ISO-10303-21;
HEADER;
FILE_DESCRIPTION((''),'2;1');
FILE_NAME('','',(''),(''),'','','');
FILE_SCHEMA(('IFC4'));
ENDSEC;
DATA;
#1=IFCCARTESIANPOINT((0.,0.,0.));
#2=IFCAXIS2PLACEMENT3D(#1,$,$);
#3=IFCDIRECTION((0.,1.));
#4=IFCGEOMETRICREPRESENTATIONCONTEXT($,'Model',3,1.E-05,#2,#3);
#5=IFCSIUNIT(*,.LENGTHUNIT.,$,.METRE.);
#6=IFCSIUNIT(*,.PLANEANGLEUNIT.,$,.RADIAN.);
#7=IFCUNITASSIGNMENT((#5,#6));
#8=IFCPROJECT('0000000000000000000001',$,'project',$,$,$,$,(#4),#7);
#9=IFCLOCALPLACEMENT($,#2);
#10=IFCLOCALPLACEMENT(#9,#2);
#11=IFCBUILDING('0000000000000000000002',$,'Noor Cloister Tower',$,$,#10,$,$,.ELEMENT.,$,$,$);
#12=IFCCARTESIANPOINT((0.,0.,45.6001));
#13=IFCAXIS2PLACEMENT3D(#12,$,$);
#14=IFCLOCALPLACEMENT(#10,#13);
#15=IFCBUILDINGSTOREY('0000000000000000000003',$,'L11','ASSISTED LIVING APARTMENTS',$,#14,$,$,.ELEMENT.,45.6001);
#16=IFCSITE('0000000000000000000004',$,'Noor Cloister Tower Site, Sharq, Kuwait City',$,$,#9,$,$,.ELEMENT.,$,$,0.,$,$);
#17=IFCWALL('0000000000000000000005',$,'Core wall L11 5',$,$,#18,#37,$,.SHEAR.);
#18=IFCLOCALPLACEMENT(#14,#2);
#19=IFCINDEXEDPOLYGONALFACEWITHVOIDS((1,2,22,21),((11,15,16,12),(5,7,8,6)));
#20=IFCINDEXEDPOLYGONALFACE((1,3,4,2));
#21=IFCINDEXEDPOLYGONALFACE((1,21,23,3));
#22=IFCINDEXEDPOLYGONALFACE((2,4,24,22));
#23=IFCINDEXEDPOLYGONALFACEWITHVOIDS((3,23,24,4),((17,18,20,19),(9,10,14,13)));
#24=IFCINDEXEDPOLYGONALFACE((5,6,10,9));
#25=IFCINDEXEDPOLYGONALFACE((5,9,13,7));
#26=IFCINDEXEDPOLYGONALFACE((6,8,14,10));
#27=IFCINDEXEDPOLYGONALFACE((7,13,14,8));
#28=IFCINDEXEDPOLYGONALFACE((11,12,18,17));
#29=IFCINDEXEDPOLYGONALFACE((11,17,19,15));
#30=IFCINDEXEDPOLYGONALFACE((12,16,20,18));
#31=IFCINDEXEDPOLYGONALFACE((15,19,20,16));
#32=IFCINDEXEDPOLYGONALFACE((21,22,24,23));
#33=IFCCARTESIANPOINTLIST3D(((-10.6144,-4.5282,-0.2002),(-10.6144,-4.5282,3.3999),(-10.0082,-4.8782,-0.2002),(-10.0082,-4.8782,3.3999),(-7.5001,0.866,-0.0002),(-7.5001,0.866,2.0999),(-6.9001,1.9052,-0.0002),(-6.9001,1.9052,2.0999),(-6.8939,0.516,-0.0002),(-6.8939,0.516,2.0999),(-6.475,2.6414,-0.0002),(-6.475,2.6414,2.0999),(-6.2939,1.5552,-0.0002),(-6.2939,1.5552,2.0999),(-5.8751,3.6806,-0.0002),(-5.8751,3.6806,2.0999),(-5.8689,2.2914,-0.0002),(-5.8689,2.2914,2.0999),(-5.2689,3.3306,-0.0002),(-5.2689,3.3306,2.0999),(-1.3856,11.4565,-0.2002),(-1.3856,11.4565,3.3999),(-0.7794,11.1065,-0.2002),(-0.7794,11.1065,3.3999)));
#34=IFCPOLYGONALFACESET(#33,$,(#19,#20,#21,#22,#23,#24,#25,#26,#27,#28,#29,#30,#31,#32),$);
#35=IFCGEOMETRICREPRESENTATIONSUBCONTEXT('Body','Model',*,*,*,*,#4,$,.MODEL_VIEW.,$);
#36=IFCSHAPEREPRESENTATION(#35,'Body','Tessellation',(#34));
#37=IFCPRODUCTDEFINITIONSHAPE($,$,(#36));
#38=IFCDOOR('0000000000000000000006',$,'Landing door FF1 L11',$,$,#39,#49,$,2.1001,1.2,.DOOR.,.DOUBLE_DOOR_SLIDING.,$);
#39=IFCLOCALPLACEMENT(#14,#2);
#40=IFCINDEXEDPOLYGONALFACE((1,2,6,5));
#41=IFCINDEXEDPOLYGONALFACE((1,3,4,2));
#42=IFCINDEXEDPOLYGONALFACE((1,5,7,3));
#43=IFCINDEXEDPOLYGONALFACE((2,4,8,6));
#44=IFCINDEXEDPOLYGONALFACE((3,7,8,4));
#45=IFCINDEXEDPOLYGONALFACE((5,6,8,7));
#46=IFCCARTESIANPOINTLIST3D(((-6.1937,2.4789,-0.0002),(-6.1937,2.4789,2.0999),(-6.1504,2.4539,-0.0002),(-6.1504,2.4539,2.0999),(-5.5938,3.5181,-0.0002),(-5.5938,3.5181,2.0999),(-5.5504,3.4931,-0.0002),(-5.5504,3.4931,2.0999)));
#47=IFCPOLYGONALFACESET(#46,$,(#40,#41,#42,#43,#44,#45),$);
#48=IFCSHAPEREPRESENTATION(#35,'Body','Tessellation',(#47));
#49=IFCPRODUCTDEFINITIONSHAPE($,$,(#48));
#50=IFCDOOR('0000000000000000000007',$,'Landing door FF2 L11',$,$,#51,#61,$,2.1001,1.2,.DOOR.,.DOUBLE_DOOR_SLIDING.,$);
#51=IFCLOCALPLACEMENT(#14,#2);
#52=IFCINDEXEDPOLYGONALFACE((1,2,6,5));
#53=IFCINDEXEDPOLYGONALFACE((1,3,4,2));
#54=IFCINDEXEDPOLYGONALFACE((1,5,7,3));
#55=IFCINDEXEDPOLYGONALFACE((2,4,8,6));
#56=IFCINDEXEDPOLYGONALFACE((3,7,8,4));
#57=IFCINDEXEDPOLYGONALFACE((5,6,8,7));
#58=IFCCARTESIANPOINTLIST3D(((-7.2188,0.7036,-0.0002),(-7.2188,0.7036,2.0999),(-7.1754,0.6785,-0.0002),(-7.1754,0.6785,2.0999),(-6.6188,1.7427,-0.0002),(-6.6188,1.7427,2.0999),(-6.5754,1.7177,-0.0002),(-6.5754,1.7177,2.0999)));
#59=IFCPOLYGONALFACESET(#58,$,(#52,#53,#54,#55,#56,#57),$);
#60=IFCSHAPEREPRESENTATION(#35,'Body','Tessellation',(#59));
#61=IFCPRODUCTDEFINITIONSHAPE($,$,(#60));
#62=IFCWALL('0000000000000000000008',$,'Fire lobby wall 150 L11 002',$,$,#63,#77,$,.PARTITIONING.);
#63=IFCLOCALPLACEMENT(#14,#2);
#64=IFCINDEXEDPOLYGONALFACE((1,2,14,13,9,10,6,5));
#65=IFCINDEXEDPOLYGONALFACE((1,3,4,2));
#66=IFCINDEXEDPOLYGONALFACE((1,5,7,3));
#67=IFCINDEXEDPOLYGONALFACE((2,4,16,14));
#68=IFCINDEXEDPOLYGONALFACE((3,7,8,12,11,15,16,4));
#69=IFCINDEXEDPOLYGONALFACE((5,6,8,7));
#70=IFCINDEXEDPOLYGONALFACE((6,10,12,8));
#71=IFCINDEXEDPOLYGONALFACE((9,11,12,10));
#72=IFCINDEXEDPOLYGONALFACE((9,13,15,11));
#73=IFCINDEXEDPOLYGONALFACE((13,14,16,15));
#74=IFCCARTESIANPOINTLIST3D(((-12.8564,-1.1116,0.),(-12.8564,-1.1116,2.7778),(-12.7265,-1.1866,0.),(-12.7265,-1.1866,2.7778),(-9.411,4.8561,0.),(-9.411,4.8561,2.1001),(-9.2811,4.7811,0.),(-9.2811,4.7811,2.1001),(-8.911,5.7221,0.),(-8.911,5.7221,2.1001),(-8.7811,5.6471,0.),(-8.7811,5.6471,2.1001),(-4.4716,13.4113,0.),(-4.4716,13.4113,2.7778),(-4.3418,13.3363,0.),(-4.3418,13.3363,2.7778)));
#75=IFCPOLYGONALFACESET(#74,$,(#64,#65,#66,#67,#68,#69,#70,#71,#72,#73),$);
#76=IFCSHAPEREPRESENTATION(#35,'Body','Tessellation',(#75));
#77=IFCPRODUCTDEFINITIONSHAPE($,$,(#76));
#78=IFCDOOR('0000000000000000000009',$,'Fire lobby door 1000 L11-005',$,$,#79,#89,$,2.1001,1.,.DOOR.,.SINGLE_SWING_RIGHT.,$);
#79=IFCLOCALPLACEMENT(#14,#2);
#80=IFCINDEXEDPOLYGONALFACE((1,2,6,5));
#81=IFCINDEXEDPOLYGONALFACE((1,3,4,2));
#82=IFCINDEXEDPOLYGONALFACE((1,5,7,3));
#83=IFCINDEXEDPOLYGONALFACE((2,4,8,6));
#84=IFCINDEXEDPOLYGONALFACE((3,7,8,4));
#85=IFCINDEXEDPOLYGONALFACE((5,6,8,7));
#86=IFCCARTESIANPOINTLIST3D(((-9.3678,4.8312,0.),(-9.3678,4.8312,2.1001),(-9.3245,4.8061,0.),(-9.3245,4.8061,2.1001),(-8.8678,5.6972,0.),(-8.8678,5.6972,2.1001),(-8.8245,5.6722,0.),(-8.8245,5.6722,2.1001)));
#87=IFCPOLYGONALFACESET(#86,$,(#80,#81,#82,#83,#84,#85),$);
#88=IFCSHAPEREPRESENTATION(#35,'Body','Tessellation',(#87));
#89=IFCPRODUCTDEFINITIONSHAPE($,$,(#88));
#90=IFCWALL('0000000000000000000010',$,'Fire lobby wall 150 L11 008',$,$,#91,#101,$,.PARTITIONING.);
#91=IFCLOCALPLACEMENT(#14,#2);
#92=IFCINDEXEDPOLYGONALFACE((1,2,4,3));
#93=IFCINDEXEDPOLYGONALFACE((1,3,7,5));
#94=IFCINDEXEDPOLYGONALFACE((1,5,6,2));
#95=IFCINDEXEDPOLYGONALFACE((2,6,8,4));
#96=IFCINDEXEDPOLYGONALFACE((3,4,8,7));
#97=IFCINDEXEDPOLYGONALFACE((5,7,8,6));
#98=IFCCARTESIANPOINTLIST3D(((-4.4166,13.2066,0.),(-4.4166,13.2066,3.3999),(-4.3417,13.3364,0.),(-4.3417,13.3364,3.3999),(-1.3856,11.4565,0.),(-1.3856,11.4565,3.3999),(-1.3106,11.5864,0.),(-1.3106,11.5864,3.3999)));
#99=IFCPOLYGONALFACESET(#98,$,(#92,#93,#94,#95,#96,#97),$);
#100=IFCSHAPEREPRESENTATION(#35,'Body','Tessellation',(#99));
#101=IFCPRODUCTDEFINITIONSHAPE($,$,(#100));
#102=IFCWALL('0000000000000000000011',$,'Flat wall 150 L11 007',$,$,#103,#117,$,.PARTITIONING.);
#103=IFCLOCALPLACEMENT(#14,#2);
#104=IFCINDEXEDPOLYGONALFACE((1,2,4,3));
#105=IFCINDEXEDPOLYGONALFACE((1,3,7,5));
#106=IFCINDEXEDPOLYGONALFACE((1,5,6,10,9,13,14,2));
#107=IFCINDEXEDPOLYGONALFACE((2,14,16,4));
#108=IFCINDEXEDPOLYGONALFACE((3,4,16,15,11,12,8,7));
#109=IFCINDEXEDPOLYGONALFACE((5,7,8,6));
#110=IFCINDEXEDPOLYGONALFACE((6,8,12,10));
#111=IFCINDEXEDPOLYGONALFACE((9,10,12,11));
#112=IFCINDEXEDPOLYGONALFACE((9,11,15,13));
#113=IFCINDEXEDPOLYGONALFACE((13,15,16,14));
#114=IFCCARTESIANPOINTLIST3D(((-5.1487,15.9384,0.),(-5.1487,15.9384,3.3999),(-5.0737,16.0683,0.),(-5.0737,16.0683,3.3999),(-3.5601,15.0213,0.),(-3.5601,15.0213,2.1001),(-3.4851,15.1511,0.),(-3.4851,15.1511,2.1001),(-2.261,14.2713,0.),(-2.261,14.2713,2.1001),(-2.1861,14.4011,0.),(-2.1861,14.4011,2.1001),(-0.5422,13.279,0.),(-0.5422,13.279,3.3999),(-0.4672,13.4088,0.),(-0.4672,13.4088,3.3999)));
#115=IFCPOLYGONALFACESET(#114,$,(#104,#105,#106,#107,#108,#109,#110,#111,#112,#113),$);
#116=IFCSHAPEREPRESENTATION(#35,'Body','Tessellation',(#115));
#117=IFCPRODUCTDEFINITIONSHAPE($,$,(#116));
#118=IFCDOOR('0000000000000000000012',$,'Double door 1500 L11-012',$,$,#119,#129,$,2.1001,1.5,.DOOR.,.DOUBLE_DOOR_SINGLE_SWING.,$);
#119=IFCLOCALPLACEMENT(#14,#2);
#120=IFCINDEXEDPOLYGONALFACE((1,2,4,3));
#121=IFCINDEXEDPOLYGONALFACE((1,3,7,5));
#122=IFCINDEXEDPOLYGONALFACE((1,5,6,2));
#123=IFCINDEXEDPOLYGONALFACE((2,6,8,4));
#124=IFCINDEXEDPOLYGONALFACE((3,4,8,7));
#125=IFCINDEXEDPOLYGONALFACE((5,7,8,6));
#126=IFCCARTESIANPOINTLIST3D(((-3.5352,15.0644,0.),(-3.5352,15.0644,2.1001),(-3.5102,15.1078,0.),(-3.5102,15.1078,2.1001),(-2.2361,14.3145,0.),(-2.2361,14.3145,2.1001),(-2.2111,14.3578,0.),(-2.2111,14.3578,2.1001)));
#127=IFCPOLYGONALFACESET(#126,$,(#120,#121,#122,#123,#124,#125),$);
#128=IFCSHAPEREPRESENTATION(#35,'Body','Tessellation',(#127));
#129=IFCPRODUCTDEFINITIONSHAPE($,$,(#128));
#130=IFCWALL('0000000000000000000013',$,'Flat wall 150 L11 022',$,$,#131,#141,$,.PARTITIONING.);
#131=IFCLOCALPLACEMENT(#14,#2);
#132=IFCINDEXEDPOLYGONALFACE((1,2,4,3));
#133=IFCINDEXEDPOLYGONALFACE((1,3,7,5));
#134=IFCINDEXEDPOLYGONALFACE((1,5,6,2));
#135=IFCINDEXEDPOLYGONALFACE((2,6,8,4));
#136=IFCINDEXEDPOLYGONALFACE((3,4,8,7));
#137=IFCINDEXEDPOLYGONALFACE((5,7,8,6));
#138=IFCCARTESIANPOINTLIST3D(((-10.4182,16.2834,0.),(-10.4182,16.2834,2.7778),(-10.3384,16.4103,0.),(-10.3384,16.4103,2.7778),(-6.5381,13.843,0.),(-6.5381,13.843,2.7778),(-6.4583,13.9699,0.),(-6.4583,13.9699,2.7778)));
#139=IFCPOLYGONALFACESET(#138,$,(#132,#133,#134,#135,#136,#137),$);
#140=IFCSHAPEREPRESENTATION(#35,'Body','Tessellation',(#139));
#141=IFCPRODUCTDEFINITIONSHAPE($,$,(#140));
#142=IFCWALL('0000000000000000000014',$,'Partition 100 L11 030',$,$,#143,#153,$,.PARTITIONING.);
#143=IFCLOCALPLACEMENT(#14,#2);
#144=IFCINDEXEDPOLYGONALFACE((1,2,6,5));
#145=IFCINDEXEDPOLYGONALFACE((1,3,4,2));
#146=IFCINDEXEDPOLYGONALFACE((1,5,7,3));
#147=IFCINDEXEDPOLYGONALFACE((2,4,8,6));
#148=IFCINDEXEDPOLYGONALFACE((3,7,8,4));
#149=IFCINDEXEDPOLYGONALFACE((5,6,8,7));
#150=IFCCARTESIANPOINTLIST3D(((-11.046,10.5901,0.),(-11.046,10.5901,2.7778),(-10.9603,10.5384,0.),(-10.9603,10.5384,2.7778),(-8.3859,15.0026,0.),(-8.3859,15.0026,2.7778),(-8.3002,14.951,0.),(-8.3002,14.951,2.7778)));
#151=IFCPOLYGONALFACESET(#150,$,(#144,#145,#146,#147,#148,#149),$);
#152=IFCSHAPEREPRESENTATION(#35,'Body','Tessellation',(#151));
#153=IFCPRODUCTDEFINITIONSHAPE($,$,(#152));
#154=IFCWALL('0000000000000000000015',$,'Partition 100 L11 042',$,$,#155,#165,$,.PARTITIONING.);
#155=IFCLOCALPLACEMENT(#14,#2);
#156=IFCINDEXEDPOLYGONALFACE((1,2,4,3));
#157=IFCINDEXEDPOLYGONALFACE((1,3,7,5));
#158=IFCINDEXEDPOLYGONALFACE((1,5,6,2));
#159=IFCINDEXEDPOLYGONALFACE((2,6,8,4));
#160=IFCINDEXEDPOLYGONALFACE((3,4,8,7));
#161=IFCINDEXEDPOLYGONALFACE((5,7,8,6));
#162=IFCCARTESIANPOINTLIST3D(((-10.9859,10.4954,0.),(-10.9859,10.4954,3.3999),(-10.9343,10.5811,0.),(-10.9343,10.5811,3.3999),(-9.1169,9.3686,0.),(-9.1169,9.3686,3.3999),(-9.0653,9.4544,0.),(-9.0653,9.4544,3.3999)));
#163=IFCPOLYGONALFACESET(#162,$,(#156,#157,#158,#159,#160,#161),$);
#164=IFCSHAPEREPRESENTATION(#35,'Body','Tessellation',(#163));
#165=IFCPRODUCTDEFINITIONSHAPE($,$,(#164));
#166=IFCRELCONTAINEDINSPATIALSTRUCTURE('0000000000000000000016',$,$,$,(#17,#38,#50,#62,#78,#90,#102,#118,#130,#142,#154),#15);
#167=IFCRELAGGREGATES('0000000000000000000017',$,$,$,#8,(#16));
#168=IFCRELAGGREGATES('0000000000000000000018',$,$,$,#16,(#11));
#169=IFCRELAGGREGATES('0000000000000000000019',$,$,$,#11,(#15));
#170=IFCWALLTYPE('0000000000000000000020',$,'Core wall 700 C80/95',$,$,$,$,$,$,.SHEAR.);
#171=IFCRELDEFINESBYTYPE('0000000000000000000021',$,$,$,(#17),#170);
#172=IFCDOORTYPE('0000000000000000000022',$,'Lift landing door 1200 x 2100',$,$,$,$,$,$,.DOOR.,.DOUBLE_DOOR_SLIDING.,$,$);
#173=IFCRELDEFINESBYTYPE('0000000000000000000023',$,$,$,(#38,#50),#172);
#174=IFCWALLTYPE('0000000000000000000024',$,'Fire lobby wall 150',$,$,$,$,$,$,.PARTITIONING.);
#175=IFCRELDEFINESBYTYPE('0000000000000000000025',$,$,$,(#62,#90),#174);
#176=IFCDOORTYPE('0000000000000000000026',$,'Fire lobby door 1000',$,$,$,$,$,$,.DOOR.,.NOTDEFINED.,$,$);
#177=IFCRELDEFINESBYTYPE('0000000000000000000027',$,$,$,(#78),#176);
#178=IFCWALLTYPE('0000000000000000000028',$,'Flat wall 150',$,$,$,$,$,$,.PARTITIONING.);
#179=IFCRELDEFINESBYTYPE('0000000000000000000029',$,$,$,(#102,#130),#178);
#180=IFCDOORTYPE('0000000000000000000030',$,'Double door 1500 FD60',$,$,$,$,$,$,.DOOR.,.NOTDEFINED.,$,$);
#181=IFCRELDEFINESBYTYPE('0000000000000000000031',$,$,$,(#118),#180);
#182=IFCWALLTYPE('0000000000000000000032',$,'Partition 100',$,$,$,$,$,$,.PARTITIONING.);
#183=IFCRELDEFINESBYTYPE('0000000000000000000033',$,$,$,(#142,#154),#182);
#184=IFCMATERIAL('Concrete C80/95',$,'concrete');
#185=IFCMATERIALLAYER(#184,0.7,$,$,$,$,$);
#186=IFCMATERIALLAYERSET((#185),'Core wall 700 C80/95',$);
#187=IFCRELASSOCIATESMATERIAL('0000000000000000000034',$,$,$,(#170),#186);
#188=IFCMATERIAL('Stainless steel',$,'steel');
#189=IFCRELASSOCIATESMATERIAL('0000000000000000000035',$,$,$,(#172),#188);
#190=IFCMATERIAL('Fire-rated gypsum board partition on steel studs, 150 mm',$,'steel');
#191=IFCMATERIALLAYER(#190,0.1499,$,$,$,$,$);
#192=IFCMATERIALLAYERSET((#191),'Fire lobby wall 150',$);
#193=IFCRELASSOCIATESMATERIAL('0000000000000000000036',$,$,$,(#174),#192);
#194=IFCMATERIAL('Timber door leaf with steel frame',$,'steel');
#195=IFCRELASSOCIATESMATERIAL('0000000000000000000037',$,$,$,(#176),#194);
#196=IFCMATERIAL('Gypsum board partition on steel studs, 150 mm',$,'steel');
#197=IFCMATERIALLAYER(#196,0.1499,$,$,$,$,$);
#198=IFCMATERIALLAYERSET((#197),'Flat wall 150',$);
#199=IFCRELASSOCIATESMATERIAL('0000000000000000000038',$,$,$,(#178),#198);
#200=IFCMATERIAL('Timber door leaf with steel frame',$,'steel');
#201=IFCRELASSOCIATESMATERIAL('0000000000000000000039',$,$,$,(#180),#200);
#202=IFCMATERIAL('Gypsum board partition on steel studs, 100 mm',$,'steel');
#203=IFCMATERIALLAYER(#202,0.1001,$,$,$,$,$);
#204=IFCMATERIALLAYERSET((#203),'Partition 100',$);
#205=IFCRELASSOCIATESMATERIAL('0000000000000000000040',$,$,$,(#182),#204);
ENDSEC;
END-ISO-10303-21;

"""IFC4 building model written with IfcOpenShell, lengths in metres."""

from ifc_helpers import new_model, si_unit, direction, frame, frame_2d, origin, place, context, subcontext, project, spatial, rectangle, extrude, material, layer, layer_set, type_object, element, fill, save


model = new_model("IFC4")

# Units and contexts
model_context = context("Model", 3, precision=1e-05, world=origin(), true_north=direction((0.0, 1.0)))
body_context = subcontext(model_context, "Body", "Model", "MODEL_VIEW")
ifc_project = project(units=[si_unit("LENGTHUNIT", "METRE"), si_unit("PLANEANGLEUNIT", "RADIAN")], contexts=[model_context])

# Site, building, storey
site_placement = place(None, origin())
site = spatial("IfcSite", under=ifc_project, at=site_placement, Name="Noor Cloister Tower Site, Sharq, Kuwait City", CompositionType="ELEMENT", RefElevation=0.0)
building_placement = place(site_placement, origin())
building = spatial("IfcBuilding", under=site, at=building_placement, Name="Noor Cloister Tower", CompositionType="ELEMENT")
storey_placement = place(building_placement, frame((0.0, 0.0, 45.6001)))
storey = spatial("IfcBuildingStorey", under=building, at=storey_placement, Name="L11", Description="ASSISTED LIVING APARTMENTS", CompositionType="ELEMENT", Elevation=45.6001)

# Wall, openings, doors
ifc_material_1 = material(Name="Concrete C80/95", Category="concrete")
ifc_layer_1 = layer(ifc_material_1, 0.7)
ifc_layer_set_1 = layer_set([ifc_layer_1], Name="Core wall 700 C80/95")
wall_type_1 = type_object("IfcWallType", Name="Core wall 700 C80/95", PredefinedType="SHEAR", material=ifc_layer_set_1)
wall_1_placement = place(storey_placement, frame((-1.0825, 11.2815, -0.2002), z_axis=(0.0, 0.0, 1.0), x_axis=(-0.500001, -0.866025, 0.0)))
wall_1 = element("IfcWall", 1, at=wall_1_placement, inside=storey, type_object=wall_type_1, Name="Core wall L11 5", PredefinedType="SHEAR", context=body_context, shape_type="SweptSolid", body=[
    extrude(rectangle(XDim=18.4575, YDim=0.7, at=frame_2d((9.2288, 0.0))), origin(), (0.0, 0.0, 1.0), 3.6001),
])
opening_1_placement = place(wall_1_placement, frame((8.9788, 0.0, 0.2)))
opening_1 = element("IfcOpeningElement", 2, at=opening_1_placement, cuts=wall_1, PredefinedType="OPENING", context=body_context, shape_type="SweptSolid", body=[
    extrude(rectangle(XDim=1.2, YDim=2.1001, at=frame_2d((0.6001, 1.05))), frame((0.0, 0.3599, 0.0), z_axis=(0.0, -1.0, 0.0), x_axis=(1.0, 0.0, 0.0)), (0.0, 0.0, 1.0), 0.72),
])
opening_2_placement = place(wall_1_placement, frame((11.0288, 0.0, 0.2)))
opening_2 = element("IfcOpeningElement", 3, at=opening_2_placement, cuts=wall_1, PredefinedType="OPENING", context=body_context, shape_type="SweptSolid", body=[
    extrude(rectangle(XDim=1.2, YDim=2.1001, at=frame_2d((0.6001, 1.05))), frame((0.0, 0.3599, 0.0), z_axis=(0.0, -1.0, 0.0), x_axis=(1.0, 0.0, 0.0)), (0.0, 0.0, 1.0), 0.72),
])
ifc_material_2 = material(Name="Stainless steel", Category="steel")
door_type_1 = type_object("IfcDoorType", Name="Lift landing door 1200 x 2100", OperationType="DOUBLE_DOOR_SLIDING", PredefinedType="DOOR", material=ifc_material_2)
door_1_placement = place(opening_1_placement, origin())
door_1 = element("IfcDoor", 4, at=door_1_placement, inside=storey, type_object=door_type_1, Name="Landing door FF1 L11", OperationType="DOUBLE_DOOR_SLIDING", OverallHeight=2.1001, OverallWidth=1.2, PredefinedType="DOOR", context=body_context, shape_type="SweptSolid", body=[
    extrude(rectangle(XDim=1.2, YDim=2.1001, at=frame_2d((0.6001, 1.05))), frame((0.0, 0.0249, 0.0), z_axis=(0.0, -1.0, 0.0), x_axis=(1.0, 0.0, 0.0)), (0.0, 0.0, 1.0), 0.05),
])
fill(opening_1, door_1)
door_2_placement = place(opening_2_placement, origin())
door_2 = element("IfcDoor", 5, at=door_2_placement, inside=storey, type_object=door_type_1, Name="Landing door FF2 L11", OperationType="DOUBLE_DOOR_SLIDING", OverallHeight=2.1001, OverallWidth=1.2, PredefinedType="DOOR", context=body_context, shape_type="SweptSolid", body=[
    extrude(rectangle(XDim=1.2, YDim=2.1001, at=frame_2d((0.6001, 1.05))), frame((0.0, 0.0249, 0.0), z_axis=(0.0, -1.0, 0.0), x_axis=(1.0, 0.0, 0.0)), (0.0, 0.0, 1.0), 0.05),
])
fill(opening_2, door_2)

# Wall, opening, door
ifc_material_3 = material(Name="Fire-rated gypsum board partition on steel studs, 150 mm", Category="steel")
ifc_layer_2 = layer(ifc_material_3, 0.1499)
ifc_layer_set_2 = layer_set([ifc_layer_2], Name="Fire lobby wall 150")
wall_type_2 = type_object("IfcWallType", Name="Fire lobby wall 150", PredefinedType="PARTITIONING", material=ifc_layer_set_2)
wall_2_placement = place(storey_placement, frame((-4.4067, 13.3738, 0.0), z_axis=(0.0, 0.0, 1.0), x_axis=(-0.499997, -0.866027, 0.0)))
wall_2 = element("IfcWall", 6, at=wall_2_placement, inside=storey, type_object=wall_type_2, Name="Fire lobby wall 150 L11 002", PredefinedType="PARTITIONING", context=body_context, shape_type="SweptSolid", body=[
    extrude(rectangle(XDim=16.7695, YDim=0.1499, at=frame_2d((8.3848, 0.0))), origin(), (0.0, 0.0, 1.0), 2.7778),
])
opening_3_placement = place(wall_2_placement, frame((8.8787, 0.0, 0.0)))
opening_3 = element("IfcOpeningElement", 7, at=opening_3_placement, cuts=wall_2, PredefinedType="OPENING", context=body_context, shape_type="SweptSolid", body=[
    extrude(rectangle(XDim=1.0, YDim=2.1001, at=frame_2d((0.5, 1.05))), frame((0.0, 0.085, 0.0), z_axis=(0.0, -1.0, 0.0), x_axis=(1.0, 0.0, 0.0)), (0.0, 0.0, 1.0), 0.1699),
])
ifc_material_4 = material(Name="Timber door leaf with steel frame", Category="steel")
door_type_2 = type_object("IfcDoorType", Name="Fire lobby door 1000", OperationType="NOTDEFINED", PredefinedType="DOOR", material=ifc_material_4)
door_3_placement = place(opening_3_placement, origin())
door_3 = element("IfcDoor", 8, at=door_3_placement, inside=storey, type_object=door_type_2, Name="Fire lobby door 1000 L11-005", OperationType="SINGLE_SWING_RIGHT", OverallHeight=2.1001, OverallWidth=1.0, PredefinedType="DOOR", context=body_context, shape_type="SweptSolid", body=[
    extrude(rectangle(XDim=1.0, YDim=2.1001, at=frame_2d((0.5, 1.05))), frame((0.0, 0.0249, 0.0), z_axis=(0.0, -1.0, 0.0), x_axis=(1.0, 0.0, 0.0)), (0.0, 0.0, 1.0), 0.05),
])
fill(opening_3, door_3)

# Wall
wall_3_placement = place(storey_placement, frame((-4.3792, 13.2715, 0.0), z_axis=(0.0, 0.0, 1.0), x_axis=(0.866019, -0.50001, 0.0)))
element("IfcWall", 9, at=wall_3_placement, inside=storey, type_object=wall_type_2, Name="Fire lobby wall 150 L11 008", PredefinedType="PARTITIONING", context=body_context, shape_type="SweptSolid", body=[
    extrude(rectangle(XDim=3.5, YDim=0.1499, at=frame_2d((1.75, 0.0))), origin(), (0.0, 0.0, 1.0), 3.3999),
])

# Wall, opening, door
ifc_material_5 = material(Name="Gypsum board partition on steel studs, 150 mm", Category="steel")
ifc_layer_3 = layer(ifc_material_5, 0.1499)
ifc_layer_set_3 = layer_set([ifc_layer_3], Name="Flat wall 150")
wall_type_3 = type_object("IfcWallType", Name="Flat wall 150", PredefinedType="PARTITIONING", material=ifc_layer_set_3)
wall_4_placement = place(storey_placement, frame((-5.1113, 16.0034, 0.0), z_axis=(0.0, 0.0, 1.0), x_axis=(0.866034, -0.499985, 0.0)))
wall_4 = element("IfcWall", 10, at=wall_4_placement, inside=storey, type_object=wall_type_3, Name="Flat wall 150 L11 007", PredefinedType="PARTITIONING", context=body_context, shape_type="SweptSolid", body=[
    extrude(rectangle(XDim=5.3191, YDim=0.1499, at=frame_2d((2.6597, 0.0))), origin(), (0.0, 0.0, 1.0), 3.3999),
])
opening_4_placement = place(wall_4_placement, frame((1.8345, 0.0, 0.0)))
opening_4 = element("IfcOpeningElement", 11, at=opening_4_placement, cuts=wall_4, PredefinedType="OPENING", context=body_context, shape_type="SweptSolid", body=[
    extrude(rectangle(XDim=1.5, YDim=2.1001, at=frame_2d((0.75, 1.05))), frame((0.0, 0.085, 0.0), z_axis=(0.0, -1.0, 0.0), x_axis=(1.0, 0.0, 0.0)), (0.0, 0.0, 1.0), 0.1699),
])
ifc_material_6 = material(Name="Timber door leaf with steel frame", Category="steel")
door_type_3 = type_object("IfcDoorType", Name="Double door 1500 FD60", OperationType="NOTDEFINED", PredefinedType="DOOR", material=ifc_material_6)
door_4_placement = place(opening_4_placement, origin())
door_4 = element("IfcDoor", 12, at=door_4_placement, inside=storey, type_object=door_type_3, Name="Double door 1500 L11-012", OperationType="DOUBLE_DOOR_SINGLE_SWING", OverallHeight=2.1001, OverallWidth=1.5, PredefinedType="DOOR", context=body_context, shape_type="SweptSolid", body=[
    extrude(rectangle(XDim=1.5, YDim=2.1001, at=frame_2d((0.75, 1.05))), frame((0.0, 0.0249, 0.0), z_axis=(0.0, -1.0, 0.0), x_axis=(1.0, 0.0, 0.0)), (0.0, 0.0, 1.0), 0.05),
])
fill(opening_4, door_4)

# Walls
wall_5_placement = place(storey_placement, frame((-10.3784, 16.3469, 0.0), z_axis=(0.0, 0.0, 1.0), x_axis=(0.84649, -0.532405, 0.0)))
element("IfcWall", 13, at=wall_5_placement, inside=storey, type_object=wall_type_3, Name="Flat wall 150 L11 022", PredefinedType="PARTITIONING", context=body_context, shape_type="SweptSolid", body=[
    extrude(rectangle(XDim=4.5837, YDim=0.1499, at=frame_2d((2.292, 0.0))), origin(), (0.0, 0.0, 1.0), 2.7778),
])
ifc_material_7 = material(Name="Gypsum board partition on steel studs, 100 mm", Category="steel")
ifc_layer_4 = layer(ifc_material_7, 0.1001)
ifc_layer_set_4 = layer_set([ifc_layer_4], Name="Partition 100")
wall_type_4 = type_object("IfcWallType", Name="Partition 100", PredefinedType="PARTITIONING", material=ifc_layer_set_4)
wall_6_placement = place(storey_placement, frame((-8.343, 14.9768, 0.0), z_axis=(0.0, 0.0, 1.0), x_axis=(-0.516292, -0.856412, 0.0)))
element("IfcWall", 14, at=wall_6_placement, inside=storey, type_object=wall_type_4, Name="Partition 100 L11 030", PredefinedType="PARTITIONING", context=body_context, shape_type="SweptSolid", body=[
    extrude(rectangle(XDim=5.1523, YDim=0.1001, at=frame_2d((2.5762, 0.0))), origin(), (0.0, 0.0, 1.0), 2.7778),
])
wall_7_placement = place(storey_placement, frame((-10.9602, 10.5383, 0.0), z_axis=(0.0, 0.0, 1.0), x_axis=(0.856405, -0.516304, 0.0)))
element("IfcWall", 15, at=wall_7_placement, inside=storey, type_object=wall_type_4, Name="Partition 100 L11 042", PredefinedType="PARTITIONING", context=body_context, shape_type="SweptSolid", body=[
    extrude(rectangle(XDim=2.1824, YDim=0.1001, at=frame_2d((1.0913, 0.0))), origin(), (0.0, 0.0, 1.0), 3.3999),
])

save(model, "model.ifc")
